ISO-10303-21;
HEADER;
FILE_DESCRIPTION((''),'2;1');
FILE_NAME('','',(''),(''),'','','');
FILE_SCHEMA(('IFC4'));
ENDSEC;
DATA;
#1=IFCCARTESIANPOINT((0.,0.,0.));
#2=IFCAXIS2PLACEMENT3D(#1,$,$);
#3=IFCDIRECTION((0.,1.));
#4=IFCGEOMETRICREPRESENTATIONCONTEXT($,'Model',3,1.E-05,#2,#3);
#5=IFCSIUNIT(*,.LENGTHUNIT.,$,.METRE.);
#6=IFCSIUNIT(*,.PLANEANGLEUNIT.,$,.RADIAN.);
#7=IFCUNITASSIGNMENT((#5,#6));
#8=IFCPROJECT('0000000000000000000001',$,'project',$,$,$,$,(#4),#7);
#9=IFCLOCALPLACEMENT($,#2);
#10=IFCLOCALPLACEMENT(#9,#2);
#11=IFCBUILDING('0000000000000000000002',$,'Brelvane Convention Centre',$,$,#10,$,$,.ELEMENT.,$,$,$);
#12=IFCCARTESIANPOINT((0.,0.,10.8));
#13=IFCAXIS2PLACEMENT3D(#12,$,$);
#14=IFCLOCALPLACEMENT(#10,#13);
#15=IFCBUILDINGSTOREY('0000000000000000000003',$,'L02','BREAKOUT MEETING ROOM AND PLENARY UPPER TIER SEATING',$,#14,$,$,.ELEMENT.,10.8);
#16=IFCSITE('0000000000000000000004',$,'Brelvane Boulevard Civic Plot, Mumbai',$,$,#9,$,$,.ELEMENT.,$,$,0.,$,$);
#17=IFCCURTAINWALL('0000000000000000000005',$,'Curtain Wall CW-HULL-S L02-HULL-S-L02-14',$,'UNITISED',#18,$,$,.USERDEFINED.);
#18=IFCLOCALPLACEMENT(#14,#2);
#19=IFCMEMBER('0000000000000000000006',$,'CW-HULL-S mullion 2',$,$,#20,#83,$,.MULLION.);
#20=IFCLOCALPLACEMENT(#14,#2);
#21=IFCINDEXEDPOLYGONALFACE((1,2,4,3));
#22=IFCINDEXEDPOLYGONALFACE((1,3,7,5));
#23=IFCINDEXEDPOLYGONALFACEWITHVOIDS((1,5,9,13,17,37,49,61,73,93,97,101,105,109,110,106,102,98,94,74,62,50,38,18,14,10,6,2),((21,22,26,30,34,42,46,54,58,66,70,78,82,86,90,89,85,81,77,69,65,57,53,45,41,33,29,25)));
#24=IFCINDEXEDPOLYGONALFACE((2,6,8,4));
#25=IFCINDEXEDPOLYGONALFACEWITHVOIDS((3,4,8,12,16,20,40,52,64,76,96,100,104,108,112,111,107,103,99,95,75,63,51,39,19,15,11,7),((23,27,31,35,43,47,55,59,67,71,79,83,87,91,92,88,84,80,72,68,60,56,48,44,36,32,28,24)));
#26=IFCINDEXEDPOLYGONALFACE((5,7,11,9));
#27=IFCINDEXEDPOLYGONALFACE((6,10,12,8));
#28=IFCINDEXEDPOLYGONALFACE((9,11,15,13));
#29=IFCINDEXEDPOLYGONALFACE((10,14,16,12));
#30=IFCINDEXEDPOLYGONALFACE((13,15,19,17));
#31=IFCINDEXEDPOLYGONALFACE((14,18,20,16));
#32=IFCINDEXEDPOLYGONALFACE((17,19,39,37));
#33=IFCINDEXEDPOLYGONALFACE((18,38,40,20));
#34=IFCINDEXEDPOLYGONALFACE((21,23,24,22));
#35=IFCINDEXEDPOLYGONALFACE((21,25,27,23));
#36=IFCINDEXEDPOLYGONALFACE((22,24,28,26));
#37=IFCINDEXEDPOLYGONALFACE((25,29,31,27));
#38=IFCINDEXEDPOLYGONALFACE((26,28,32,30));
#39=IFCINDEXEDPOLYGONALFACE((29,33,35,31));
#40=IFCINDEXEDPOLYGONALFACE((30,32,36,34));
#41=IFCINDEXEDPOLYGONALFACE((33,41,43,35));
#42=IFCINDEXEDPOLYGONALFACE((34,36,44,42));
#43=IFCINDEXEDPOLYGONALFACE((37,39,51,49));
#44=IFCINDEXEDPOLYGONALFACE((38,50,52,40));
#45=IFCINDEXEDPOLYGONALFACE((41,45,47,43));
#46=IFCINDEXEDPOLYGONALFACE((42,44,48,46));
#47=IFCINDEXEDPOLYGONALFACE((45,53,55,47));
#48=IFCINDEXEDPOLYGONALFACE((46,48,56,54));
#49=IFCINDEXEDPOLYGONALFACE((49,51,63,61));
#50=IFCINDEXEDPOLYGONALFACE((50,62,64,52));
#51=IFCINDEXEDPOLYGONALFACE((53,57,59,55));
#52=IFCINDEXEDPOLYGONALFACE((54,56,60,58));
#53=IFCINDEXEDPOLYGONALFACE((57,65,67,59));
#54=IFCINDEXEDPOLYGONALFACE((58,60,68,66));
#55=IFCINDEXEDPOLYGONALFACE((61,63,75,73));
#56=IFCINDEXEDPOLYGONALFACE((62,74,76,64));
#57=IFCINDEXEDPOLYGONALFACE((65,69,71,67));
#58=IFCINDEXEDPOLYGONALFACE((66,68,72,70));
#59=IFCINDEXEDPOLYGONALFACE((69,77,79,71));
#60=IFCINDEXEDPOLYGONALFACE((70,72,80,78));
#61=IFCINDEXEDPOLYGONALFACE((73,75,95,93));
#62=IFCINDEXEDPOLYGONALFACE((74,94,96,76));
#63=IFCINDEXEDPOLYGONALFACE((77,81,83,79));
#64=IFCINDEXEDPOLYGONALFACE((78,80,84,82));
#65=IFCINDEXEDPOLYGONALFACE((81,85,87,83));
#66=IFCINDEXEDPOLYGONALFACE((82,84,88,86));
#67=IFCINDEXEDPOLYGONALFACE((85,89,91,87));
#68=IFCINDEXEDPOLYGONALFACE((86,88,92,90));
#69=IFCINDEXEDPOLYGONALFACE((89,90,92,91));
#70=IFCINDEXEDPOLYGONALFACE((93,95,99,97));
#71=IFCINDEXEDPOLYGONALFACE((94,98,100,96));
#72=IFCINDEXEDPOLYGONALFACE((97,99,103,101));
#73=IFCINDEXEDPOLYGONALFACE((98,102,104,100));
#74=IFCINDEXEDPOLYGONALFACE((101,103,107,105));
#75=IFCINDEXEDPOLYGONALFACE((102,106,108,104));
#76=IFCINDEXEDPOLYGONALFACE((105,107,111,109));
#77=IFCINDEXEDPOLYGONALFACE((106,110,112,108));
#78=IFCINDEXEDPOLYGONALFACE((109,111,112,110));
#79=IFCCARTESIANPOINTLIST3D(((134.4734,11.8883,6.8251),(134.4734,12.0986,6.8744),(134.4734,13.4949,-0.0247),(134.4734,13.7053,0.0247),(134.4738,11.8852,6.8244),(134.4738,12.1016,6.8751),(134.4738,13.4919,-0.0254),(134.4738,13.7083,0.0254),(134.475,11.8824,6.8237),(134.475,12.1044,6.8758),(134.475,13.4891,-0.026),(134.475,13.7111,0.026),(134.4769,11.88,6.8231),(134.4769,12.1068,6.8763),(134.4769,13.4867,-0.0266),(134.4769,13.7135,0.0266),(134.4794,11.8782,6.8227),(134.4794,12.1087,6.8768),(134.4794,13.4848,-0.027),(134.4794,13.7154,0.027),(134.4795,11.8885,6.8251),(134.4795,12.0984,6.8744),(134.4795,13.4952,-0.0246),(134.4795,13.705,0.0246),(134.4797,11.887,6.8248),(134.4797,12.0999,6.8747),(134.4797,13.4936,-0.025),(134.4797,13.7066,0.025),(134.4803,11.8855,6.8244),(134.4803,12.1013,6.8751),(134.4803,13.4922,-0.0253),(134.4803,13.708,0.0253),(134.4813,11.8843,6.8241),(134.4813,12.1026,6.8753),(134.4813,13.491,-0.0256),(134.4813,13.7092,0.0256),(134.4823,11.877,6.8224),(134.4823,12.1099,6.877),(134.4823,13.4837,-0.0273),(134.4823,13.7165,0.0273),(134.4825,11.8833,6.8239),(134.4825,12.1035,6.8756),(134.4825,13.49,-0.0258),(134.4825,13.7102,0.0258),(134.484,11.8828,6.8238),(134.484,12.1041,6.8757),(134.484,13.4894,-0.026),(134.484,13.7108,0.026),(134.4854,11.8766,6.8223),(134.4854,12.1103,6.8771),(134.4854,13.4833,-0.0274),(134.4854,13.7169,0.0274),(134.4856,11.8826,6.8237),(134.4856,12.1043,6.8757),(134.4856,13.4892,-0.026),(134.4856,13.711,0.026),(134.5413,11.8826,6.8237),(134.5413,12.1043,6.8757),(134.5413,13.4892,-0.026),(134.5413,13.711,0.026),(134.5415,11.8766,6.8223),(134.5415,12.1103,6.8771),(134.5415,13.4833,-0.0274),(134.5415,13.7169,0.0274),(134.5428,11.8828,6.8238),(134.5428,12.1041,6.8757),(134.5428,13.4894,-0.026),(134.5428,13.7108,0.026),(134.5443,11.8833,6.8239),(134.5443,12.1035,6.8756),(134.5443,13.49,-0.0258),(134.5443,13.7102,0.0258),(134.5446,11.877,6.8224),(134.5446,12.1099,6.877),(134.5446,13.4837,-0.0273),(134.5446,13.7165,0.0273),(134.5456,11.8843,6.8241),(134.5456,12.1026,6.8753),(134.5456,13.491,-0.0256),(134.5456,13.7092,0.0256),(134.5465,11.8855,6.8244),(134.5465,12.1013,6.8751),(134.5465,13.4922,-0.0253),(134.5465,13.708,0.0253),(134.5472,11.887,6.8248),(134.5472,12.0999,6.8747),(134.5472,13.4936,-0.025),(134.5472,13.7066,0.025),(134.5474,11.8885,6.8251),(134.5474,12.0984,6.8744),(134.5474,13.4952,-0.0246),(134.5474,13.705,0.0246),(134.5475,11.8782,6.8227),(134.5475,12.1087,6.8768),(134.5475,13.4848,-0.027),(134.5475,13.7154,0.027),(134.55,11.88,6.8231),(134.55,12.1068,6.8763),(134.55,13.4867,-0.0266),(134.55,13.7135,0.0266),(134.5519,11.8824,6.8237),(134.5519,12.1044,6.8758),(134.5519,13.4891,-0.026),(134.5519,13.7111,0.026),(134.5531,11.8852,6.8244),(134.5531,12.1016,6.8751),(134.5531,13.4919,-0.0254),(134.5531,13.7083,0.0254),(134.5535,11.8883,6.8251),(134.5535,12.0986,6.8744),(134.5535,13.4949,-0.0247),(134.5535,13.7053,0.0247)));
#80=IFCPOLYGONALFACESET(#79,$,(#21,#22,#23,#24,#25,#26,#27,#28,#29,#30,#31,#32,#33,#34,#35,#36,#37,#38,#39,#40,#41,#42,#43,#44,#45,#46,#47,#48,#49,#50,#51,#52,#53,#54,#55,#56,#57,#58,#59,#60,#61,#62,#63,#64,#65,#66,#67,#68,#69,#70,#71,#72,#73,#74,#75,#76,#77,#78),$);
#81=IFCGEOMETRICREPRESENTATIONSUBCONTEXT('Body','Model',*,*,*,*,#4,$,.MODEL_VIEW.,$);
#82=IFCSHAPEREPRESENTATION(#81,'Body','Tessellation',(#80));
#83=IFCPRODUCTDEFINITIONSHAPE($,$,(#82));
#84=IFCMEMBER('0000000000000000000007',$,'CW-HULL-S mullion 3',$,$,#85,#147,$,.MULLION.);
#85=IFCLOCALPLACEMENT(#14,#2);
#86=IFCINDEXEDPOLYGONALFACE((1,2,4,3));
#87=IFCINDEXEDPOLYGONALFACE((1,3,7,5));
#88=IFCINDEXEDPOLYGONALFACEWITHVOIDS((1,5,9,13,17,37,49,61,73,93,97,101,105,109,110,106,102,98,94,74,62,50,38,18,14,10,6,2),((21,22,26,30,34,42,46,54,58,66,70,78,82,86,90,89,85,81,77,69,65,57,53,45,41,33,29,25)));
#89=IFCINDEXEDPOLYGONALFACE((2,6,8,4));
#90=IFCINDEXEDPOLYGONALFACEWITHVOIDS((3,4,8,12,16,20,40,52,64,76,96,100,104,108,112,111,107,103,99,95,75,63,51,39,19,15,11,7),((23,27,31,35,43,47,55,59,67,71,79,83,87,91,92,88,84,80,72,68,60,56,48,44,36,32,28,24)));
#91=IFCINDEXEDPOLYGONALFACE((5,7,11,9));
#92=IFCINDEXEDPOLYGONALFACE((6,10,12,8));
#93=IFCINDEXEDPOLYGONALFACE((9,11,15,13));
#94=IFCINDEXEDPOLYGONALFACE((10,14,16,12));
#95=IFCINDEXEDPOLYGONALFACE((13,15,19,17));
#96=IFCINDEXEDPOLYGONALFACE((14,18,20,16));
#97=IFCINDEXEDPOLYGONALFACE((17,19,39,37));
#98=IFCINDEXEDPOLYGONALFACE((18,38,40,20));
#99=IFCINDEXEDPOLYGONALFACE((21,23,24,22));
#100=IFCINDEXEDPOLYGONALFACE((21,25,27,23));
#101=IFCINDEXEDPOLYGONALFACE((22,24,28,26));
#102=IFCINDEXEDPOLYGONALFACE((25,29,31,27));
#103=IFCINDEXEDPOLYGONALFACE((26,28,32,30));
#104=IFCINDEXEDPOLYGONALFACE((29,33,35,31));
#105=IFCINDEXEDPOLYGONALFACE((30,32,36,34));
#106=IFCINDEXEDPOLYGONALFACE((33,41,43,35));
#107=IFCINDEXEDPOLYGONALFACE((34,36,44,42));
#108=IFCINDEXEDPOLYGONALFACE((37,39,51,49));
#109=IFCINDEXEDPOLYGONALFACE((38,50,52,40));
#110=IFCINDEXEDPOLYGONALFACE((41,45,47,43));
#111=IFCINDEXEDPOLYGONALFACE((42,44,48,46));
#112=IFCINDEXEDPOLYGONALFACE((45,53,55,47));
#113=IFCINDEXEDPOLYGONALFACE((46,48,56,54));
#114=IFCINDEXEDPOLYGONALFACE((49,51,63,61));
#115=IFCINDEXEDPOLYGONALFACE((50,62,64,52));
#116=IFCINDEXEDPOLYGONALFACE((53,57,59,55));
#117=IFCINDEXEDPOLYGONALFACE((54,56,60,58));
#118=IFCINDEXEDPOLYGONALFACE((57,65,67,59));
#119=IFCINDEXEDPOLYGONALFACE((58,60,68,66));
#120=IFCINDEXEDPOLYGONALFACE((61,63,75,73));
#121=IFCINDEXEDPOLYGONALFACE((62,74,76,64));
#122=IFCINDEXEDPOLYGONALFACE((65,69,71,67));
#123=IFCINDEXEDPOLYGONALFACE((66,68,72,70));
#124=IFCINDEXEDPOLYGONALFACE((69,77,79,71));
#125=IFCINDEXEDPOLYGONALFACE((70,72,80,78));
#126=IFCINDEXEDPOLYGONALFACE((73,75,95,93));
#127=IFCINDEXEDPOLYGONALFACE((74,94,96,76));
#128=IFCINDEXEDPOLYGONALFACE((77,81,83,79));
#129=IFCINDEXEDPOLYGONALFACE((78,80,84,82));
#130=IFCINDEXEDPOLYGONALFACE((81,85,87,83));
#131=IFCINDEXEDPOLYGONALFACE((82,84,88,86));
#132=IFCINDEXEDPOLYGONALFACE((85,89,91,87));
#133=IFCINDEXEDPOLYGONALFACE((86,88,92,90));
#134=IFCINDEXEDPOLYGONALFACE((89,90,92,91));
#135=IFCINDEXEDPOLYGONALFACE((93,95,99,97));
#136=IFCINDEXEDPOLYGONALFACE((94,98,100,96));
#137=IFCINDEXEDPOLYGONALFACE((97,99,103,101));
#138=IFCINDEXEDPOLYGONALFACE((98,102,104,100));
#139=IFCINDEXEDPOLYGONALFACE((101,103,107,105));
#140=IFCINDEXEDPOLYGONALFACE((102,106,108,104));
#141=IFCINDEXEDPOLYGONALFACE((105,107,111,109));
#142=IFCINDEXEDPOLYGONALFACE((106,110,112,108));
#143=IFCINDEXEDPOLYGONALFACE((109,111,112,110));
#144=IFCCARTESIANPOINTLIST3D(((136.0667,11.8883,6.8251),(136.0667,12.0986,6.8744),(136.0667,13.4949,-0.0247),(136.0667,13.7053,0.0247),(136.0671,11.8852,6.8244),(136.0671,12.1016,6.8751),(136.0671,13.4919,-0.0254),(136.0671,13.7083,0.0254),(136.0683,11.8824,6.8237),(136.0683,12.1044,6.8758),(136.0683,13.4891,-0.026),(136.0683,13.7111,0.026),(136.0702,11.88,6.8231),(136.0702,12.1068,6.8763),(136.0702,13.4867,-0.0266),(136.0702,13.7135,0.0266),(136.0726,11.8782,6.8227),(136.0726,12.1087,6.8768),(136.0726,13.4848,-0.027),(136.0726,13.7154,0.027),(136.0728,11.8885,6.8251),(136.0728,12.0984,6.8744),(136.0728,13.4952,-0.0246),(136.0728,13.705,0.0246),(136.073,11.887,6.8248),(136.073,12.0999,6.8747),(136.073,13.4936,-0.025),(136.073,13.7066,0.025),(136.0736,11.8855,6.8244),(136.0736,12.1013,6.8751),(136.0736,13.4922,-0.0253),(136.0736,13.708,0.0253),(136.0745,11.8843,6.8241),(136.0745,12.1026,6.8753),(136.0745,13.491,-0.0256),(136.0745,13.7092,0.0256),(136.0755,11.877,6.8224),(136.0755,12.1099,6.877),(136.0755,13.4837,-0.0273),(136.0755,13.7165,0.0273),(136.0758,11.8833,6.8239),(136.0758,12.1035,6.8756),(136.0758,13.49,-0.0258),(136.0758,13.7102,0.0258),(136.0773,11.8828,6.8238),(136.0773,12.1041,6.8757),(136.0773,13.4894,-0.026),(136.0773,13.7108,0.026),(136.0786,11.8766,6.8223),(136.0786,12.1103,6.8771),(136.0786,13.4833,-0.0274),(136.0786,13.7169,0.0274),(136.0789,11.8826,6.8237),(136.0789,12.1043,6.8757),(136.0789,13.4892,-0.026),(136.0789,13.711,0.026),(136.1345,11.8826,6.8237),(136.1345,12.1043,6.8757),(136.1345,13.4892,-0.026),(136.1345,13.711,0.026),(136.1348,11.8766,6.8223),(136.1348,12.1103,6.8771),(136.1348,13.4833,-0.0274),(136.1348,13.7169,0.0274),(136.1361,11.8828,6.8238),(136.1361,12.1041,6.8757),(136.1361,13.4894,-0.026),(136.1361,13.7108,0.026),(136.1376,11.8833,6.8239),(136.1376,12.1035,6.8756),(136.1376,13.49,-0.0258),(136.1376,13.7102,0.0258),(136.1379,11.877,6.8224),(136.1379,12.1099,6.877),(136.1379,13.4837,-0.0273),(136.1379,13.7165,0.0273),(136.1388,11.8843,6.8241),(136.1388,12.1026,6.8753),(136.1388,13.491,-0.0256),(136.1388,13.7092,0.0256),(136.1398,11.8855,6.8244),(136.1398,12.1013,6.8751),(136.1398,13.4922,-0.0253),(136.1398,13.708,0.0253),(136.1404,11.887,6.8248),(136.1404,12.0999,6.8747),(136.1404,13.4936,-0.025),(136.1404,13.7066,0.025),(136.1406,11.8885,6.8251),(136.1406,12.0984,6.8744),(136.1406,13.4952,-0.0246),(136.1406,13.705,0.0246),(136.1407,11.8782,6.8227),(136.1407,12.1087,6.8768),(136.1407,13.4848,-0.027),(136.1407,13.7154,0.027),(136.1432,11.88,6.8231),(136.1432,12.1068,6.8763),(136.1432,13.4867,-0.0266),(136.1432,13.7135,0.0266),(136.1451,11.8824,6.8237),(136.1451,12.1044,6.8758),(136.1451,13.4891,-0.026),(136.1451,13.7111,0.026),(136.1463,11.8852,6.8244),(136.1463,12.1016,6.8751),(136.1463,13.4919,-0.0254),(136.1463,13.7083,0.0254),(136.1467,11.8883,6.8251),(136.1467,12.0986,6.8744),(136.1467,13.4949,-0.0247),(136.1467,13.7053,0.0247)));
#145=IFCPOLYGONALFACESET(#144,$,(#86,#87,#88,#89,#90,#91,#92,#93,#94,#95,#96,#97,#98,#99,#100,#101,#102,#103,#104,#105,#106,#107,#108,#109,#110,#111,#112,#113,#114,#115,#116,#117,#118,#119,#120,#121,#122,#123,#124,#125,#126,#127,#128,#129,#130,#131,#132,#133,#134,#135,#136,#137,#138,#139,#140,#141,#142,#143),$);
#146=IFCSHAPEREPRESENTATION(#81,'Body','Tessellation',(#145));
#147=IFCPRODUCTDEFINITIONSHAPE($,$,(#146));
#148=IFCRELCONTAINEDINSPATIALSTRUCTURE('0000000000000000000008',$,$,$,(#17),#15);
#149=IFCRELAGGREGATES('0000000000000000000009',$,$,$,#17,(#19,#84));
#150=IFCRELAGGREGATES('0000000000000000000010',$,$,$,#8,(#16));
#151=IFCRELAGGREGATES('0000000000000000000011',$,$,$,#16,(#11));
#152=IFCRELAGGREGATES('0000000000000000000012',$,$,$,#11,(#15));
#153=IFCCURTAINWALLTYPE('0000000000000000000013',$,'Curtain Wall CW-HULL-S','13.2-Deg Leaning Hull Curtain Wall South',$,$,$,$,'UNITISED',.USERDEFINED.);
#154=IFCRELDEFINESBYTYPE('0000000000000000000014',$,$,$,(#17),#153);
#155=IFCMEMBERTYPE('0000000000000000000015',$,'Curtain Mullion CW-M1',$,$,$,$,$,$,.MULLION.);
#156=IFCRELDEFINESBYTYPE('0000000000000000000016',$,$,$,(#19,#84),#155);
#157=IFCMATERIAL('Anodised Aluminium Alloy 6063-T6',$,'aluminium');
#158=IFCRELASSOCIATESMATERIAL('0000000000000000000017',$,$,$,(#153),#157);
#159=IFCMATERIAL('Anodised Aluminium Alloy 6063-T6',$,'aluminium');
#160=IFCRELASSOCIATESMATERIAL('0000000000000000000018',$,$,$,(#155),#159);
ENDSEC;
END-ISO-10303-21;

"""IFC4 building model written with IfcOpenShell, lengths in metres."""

from ifc_helpers import new_model, si_unit, direction, frame, origin, origin_2d, place, context, subcontext, project, spatial, hollow_rectangle, extrude, material, material_profile, profile_set, type_object, element, aggregate, save


model = new_model("IFC4")

# Units and contexts
model_context = context("Model", 3, precision=1e-05, world=origin(), true_north=direction((0.0, 1.0)))
body_context = subcontext(model_context, "Body", "Model", "MODEL_VIEW")
ifc_project = project(units=[si_unit("LENGTHUNIT", "METRE"), si_unit("PLANEANGLEUNIT", "RADIAN")], contexts=[model_context])

# Site, building, storey
site_placement = place(None, origin())
site = spatial("IfcSite", under=ifc_project, at=site_placement, Name="Brelvane Boulevard Civic Plot, Mumbai", CompositionType="ELEMENT", RefElevation=0.0)
building_placement = place(site_placement, origin())
building = spatial("IfcBuilding", under=site, at=building_placement, Name="Brelvane Convention Centre", CompositionType="ELEMENT")
storey_placement = place(building_placement, frame((0.0, 0.0, 10.8)))
storey = spatial("IfcBuildingStorey", under=building, at=storey_placement, Name="L02", Description="BREAKOUT MEETING ROOM AND PLENARY UPPER TIER SEATING", CompositionType="ELEMENT", Elevation=10.8)

# Curtain wall, members
ifc_material_1 = material(Name="Anodised Aluminium Alloy 6063-T6", Category="aluminium")
curtain_wall_type = type_object("IfcCurtainWallType", Name="Curtain Wall CW-HULL-S", Description="13.2-Deg Leaning Hull Curtain Wall South", ElementType="UNITISED", PredefinedType="USERDEFINED", material=ifc_material_1)
ifc_material_2 = material(Name="Anodised Aluminium Alloy 6063-T6", Category="aluminium")
ifc_material_profile_1 = material_profile(ifc_material_2, hollow_rectangle(XDim=0.0801, YDim=0.24, WallThickness=0.0061, InnerFilletRadius=0.0061, OuterFilletRadius=0.012, at=origin_2d()), Name="ALU-M 240x80x6.0")
ifc_profile_set_1 = profile_set([ifc_material_profile_1], Name="Anodised Aluminium Alloy 6063-T6")
member_type_1 = type_object("IfcMemberType", Name="Curtain Mullion CW-M1", PredefinedType="MULLION", material=ifc_profile_set_1)
curtain_wall_1_placement = place(storey_placement, origin())
curtain_wall_1 = element("IfcCurtainWall", 1, at=curtain_wall_1_placement, inside=storey, type_object=curtain_wall_type, Name="Curtain Wall CW-HULL-S L02-HULL-S-L02-14", ObjectType="UNITISED", PredefinedType="USERDEFINED")
member_1_placement = place(storey_placement, frame((134.5134, 13.6001, 0.0), z_axis=(0.0, -0.22836, 0.973577), x_axis=(1.0, 0.0, 0.0)))
member_1 = element("IfcMember", 2, at=member_1_placement, type_object=member_type_1, Name="CW-HULL-S mullion 2", PredefinedType="MULLION", context=body_context, shape_type="SweptSolid", body=[
    extrude(hollow_rectangle(XDim=0.0801, YDim=0.24, WallThickness=0.0061, InnerFilletRadius=0.0061, OuterFilletRadius=0.012, at=origin_2d()), origin(), (0.0, 0.0, 1.0), 7.0356),
])
member_2_placement = place(storey_placement, frame((136.1067, 13.6001, 0.0), z_axis=(0.0, -0.22836, 0.973577), x_axis=(1.0, 0.0, 0.0)))
member_2 = element("IfcMember", 3, at=member_2_placement, type_object=member_type_1, Name="CW-HULL-S mullion 3", PredefinedType="MULLION", context=body_context, shape_type="SweptSolid", body=[
    extrude(hollow_rectangle(XDim=0.0801, YDim=0.24, WallThickness=0.0061, InnerFilletRadius=0.0061, OuterFilletRadius=0.012, at=origin_2d()), origin(), (0.0, 0.0, 1.0), 7.0356),
])

aggregate(curtain_wall_1, [member_1, member_2])

save(model, "model.ifc")
